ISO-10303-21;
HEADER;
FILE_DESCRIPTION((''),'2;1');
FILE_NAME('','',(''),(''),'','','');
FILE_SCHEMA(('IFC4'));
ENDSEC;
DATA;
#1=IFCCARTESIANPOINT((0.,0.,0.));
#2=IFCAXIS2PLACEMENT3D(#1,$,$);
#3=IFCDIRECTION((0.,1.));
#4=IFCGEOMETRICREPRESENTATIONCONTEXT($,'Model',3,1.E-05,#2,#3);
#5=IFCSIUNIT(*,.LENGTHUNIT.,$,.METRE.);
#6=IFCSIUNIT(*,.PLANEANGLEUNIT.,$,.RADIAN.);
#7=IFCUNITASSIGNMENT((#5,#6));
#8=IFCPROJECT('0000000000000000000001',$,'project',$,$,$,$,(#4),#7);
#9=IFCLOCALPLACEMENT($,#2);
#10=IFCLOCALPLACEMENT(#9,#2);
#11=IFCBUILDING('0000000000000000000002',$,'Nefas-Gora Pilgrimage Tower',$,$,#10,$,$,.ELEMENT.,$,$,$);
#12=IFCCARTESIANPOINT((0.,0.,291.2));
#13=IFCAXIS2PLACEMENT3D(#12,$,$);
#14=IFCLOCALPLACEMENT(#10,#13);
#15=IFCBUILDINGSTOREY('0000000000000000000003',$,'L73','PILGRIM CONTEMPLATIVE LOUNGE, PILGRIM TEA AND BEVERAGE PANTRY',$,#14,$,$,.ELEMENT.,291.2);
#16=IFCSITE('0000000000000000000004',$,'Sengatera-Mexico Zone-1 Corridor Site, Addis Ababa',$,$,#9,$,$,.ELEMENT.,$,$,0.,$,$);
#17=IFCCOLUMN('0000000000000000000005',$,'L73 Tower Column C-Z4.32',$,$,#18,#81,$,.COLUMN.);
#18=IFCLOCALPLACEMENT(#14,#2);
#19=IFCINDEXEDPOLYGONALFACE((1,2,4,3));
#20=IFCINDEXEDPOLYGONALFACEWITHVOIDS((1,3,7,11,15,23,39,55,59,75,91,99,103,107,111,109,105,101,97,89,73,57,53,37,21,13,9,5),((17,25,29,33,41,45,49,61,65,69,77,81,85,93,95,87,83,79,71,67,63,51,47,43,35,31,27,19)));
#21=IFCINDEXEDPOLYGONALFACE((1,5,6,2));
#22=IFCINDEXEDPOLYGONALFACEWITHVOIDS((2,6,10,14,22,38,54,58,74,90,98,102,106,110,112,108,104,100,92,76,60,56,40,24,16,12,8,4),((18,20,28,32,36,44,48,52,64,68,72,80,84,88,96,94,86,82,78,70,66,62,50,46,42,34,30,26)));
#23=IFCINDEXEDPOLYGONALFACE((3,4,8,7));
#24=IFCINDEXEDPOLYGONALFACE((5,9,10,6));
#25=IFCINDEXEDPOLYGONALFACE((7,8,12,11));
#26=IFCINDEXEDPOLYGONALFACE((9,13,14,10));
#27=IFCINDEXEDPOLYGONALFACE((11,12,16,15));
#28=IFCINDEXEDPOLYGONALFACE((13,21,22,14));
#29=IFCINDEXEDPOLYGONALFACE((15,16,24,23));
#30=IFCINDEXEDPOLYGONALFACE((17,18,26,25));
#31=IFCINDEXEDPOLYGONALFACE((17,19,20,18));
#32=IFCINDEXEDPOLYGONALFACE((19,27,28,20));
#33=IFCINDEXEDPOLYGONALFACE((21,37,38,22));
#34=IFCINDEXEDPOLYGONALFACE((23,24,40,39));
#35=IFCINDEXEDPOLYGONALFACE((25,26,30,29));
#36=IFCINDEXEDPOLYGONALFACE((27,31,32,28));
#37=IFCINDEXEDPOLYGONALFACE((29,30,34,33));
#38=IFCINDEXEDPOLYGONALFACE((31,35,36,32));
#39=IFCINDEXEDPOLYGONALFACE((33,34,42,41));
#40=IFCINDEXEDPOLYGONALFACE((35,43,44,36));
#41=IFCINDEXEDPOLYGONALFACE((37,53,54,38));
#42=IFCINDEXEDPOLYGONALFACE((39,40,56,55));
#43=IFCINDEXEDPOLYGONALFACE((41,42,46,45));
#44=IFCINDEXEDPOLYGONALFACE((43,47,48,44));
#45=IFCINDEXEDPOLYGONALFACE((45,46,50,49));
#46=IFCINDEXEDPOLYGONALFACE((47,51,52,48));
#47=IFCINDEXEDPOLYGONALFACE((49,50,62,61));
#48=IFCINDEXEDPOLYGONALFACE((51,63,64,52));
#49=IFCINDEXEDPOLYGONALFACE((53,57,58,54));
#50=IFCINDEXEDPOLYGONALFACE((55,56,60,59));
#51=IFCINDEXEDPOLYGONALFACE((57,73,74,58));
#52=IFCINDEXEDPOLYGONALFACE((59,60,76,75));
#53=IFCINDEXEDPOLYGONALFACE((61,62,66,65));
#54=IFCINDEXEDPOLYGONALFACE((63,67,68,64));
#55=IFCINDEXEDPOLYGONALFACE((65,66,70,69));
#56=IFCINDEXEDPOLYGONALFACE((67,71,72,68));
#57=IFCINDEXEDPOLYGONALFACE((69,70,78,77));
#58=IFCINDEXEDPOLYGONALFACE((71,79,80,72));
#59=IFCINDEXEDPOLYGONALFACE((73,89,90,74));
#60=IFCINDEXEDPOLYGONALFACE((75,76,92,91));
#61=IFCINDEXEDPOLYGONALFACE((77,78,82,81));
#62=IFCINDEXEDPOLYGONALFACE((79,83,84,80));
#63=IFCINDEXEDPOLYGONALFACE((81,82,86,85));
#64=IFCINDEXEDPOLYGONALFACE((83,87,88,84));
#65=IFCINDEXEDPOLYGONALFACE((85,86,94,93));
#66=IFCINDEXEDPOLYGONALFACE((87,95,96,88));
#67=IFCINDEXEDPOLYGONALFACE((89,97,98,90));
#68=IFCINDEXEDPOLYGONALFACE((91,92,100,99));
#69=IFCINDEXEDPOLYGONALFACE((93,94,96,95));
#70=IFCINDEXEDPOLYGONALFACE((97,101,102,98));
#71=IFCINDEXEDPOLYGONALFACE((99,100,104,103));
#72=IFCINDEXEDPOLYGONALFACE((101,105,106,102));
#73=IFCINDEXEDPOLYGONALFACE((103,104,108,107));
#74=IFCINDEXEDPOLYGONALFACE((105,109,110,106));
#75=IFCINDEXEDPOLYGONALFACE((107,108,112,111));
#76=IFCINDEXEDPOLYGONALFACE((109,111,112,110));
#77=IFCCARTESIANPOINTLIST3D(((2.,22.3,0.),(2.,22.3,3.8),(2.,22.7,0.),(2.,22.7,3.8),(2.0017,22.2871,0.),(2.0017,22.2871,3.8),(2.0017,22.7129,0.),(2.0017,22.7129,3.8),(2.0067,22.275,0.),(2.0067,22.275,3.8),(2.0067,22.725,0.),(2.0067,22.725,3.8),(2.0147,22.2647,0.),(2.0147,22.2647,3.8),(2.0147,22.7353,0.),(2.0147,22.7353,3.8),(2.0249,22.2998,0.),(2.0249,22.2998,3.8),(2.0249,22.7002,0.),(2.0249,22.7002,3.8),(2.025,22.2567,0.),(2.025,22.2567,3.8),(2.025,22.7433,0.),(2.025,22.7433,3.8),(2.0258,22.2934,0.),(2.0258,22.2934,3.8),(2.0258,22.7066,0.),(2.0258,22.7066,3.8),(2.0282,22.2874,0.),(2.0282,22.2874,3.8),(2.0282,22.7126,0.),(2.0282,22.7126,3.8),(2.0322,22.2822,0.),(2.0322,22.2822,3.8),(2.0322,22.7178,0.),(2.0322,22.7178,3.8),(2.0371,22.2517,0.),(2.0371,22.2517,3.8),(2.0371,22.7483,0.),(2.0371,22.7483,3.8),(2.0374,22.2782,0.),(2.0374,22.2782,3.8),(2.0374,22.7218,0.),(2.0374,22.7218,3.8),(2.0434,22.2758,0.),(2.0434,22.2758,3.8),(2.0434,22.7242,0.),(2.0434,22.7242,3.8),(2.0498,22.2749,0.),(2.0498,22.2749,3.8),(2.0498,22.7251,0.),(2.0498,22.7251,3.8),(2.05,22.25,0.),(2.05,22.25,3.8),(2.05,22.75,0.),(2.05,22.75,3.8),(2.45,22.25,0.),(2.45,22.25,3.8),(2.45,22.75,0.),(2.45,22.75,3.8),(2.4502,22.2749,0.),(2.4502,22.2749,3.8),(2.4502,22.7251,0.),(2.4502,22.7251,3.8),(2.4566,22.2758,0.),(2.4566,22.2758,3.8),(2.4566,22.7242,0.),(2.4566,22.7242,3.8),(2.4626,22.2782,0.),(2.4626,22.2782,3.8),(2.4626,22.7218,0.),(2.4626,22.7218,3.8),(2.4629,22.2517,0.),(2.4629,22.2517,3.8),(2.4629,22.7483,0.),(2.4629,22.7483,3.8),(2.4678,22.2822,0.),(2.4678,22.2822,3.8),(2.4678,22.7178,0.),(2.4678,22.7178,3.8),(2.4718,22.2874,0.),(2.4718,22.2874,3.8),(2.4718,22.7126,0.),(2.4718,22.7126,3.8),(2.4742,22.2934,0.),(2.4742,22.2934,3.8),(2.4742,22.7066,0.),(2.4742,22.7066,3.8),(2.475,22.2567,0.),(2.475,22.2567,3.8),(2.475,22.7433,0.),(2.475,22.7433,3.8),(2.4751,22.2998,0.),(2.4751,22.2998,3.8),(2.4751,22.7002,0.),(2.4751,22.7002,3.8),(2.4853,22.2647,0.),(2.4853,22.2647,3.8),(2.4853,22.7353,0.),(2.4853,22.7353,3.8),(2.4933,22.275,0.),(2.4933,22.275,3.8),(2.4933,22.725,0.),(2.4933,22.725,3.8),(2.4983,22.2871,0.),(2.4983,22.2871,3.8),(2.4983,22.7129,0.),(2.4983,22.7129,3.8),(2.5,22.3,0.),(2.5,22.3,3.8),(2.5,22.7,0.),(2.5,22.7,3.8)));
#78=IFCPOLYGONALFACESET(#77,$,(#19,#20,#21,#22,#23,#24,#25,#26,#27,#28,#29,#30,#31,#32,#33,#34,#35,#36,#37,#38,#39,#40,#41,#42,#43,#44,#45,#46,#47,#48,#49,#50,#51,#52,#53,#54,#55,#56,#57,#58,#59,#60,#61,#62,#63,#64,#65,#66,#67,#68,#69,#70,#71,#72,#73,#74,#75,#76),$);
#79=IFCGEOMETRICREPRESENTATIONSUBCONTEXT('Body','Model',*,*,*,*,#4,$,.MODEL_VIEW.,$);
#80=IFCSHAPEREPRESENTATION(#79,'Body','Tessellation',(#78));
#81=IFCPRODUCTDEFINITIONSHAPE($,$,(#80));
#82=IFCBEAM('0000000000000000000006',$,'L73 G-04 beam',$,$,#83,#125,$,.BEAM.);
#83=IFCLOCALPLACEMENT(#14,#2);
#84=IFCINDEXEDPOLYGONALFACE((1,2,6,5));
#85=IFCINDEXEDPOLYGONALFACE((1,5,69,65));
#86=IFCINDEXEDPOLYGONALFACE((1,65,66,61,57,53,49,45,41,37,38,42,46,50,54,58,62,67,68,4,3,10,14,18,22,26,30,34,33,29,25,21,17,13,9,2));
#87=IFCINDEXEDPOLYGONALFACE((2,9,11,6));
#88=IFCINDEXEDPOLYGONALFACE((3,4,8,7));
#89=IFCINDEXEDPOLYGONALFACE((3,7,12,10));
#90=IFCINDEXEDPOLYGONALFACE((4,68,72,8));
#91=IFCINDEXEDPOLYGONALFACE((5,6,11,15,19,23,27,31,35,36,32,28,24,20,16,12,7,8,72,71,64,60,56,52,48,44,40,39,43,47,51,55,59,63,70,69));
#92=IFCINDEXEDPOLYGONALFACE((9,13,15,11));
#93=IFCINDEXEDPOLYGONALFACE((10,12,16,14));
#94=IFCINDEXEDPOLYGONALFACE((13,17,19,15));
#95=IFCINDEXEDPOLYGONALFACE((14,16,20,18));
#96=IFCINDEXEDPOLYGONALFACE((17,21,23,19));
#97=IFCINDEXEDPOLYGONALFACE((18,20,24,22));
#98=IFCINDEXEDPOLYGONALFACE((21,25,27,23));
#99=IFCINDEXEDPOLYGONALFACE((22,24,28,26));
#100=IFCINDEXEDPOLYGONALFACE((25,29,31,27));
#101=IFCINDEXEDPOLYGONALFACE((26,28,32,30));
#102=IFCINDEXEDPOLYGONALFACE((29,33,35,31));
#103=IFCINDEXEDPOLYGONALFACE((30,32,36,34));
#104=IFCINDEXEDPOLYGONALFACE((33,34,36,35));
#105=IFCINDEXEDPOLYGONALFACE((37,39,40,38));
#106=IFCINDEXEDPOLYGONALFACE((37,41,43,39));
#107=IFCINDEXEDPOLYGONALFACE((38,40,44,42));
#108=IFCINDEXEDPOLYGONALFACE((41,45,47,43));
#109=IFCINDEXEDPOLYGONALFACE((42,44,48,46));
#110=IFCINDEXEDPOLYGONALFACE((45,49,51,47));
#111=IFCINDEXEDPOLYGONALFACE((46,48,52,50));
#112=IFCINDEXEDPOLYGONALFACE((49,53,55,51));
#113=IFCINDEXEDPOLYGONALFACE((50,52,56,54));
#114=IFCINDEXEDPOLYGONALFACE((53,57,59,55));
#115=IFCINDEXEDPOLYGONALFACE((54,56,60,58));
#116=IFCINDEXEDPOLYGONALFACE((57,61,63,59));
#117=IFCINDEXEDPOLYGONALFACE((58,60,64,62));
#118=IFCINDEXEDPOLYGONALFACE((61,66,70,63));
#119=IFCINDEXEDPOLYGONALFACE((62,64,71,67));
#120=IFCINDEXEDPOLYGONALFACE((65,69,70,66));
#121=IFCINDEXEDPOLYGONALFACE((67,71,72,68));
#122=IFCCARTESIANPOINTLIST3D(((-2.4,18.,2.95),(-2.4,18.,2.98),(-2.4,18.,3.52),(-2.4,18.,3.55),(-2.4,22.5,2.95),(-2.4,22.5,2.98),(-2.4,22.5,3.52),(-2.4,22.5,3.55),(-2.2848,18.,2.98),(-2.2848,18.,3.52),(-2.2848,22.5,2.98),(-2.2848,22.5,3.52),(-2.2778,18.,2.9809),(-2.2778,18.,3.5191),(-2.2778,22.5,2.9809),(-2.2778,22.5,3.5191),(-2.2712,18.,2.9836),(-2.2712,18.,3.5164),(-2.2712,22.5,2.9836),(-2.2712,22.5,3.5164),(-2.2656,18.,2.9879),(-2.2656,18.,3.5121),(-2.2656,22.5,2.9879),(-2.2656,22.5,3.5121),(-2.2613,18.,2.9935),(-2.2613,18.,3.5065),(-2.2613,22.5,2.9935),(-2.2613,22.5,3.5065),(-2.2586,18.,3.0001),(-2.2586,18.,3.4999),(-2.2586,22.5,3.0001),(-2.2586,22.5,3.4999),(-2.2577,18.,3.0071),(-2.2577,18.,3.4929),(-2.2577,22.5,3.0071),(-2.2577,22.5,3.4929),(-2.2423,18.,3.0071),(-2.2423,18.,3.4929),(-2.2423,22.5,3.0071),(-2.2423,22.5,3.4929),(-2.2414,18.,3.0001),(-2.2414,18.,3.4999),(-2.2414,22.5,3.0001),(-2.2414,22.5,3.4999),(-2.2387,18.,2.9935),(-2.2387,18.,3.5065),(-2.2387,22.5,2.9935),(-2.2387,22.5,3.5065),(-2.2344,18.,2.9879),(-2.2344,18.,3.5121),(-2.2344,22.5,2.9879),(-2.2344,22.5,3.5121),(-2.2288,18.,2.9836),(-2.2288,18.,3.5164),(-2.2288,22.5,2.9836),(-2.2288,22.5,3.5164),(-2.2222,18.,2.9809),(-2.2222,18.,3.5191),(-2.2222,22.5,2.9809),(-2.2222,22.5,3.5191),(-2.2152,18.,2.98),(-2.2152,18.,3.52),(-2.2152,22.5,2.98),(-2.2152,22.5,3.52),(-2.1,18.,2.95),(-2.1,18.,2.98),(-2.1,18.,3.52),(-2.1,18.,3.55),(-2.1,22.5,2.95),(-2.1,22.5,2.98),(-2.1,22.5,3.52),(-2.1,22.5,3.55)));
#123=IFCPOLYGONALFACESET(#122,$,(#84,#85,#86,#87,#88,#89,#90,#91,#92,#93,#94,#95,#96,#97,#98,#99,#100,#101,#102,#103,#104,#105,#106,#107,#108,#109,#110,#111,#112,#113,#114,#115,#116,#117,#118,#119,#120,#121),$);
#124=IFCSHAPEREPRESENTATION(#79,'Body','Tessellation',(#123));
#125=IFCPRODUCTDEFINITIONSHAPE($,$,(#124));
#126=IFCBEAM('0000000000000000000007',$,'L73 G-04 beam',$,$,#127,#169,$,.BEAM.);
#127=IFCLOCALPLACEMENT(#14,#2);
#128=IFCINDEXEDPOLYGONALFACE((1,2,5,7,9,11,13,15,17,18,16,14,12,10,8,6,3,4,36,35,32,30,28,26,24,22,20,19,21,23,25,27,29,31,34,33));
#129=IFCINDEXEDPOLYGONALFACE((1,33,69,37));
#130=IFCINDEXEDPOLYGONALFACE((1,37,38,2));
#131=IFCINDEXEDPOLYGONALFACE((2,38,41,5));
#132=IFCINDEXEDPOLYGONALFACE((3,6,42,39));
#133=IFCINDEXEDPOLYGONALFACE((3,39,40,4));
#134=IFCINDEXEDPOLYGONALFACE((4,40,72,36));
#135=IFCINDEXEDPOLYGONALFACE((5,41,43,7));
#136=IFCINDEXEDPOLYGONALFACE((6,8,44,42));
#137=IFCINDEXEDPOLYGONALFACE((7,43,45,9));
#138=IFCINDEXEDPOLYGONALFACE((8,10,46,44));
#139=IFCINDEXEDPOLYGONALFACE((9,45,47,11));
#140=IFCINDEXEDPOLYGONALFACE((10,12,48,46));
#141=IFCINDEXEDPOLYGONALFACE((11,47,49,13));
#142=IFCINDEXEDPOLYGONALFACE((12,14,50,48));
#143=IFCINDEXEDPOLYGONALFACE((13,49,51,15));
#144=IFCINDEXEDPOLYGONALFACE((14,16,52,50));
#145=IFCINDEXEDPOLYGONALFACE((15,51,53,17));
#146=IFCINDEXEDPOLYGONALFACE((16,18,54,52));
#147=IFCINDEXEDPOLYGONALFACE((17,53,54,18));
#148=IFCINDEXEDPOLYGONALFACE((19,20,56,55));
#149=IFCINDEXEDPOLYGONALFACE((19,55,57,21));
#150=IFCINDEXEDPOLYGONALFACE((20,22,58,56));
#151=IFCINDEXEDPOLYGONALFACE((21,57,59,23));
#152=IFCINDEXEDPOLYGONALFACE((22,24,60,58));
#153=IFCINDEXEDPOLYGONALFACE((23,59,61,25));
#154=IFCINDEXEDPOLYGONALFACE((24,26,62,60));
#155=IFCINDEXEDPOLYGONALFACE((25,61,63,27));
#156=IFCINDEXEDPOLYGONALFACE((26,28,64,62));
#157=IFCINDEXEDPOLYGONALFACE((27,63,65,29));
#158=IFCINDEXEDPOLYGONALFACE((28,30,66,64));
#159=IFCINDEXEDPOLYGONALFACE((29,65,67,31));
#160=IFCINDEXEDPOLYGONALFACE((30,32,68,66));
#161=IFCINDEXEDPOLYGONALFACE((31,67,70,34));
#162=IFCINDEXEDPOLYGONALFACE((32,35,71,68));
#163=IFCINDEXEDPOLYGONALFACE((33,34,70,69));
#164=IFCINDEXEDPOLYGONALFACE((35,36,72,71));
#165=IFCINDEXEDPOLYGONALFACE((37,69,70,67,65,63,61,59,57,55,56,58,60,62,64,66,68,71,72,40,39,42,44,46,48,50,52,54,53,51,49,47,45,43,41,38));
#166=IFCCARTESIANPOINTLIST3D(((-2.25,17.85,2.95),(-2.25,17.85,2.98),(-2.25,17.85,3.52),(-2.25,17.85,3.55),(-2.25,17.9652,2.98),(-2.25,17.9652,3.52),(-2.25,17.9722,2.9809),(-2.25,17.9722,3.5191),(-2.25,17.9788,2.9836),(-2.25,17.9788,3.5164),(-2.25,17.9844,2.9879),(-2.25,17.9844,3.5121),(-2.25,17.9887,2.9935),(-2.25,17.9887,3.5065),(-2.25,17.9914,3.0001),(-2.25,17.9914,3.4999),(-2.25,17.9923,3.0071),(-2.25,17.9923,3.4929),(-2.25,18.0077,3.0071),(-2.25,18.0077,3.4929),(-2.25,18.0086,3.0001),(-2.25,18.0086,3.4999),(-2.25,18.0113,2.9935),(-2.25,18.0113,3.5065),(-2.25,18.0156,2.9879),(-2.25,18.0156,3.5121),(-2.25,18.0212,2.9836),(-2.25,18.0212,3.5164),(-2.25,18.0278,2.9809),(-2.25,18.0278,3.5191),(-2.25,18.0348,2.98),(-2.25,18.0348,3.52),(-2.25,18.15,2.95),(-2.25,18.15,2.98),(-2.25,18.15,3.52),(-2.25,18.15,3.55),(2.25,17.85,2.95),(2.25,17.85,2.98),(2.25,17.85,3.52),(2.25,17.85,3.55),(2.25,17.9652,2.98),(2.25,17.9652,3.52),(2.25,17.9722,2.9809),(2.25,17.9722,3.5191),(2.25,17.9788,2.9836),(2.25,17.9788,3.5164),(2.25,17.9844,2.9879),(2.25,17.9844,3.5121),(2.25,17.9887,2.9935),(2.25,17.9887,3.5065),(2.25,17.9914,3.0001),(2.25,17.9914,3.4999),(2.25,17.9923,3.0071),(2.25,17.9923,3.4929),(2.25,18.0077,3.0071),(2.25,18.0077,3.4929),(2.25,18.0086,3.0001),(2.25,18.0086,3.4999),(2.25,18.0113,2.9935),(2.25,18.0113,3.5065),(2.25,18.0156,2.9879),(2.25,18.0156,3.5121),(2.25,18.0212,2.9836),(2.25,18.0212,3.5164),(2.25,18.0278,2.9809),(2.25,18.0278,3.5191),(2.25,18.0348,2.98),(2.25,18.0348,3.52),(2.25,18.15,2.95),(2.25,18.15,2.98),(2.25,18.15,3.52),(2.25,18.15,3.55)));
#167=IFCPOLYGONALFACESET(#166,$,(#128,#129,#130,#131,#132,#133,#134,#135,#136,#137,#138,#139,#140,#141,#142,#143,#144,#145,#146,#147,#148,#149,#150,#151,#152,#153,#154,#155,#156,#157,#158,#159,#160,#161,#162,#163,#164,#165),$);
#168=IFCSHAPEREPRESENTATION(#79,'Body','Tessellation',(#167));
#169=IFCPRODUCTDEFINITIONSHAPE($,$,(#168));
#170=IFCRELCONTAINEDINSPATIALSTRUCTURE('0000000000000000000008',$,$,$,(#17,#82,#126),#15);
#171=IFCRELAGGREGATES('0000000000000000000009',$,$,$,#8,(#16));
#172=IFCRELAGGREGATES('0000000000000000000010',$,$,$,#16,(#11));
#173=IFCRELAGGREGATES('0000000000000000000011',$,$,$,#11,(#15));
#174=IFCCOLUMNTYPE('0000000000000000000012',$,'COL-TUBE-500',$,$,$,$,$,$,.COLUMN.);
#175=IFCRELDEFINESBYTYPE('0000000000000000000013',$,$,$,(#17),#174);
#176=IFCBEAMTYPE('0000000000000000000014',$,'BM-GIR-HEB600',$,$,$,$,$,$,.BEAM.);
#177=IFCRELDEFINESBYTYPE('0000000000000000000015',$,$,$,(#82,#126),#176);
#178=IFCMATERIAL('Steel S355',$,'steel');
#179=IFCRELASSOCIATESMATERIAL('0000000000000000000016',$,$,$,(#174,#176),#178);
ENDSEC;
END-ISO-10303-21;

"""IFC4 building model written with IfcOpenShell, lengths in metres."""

from ifc_helpers import new_model, si_unit, direction, frame, origin, origin_2d, place, context, subcontext, project, spatial, hollow_rectangle, i_section, extrude, source, transform, mapped, material, material_profile, profile_set, type_object, element, save


model = new_model("IFC4")

# Units and contexts
model_context = context("Model", 3, precision=1e-05, world=origin(), true_north=direction((0.0, 1.0)))
body_context = subcontext(model_context, "Body", "Model", "MODEL_VIEW")
ifc_project = project(units=[si_unit("LENGTHUNIT", "METRE"), si_unit("PLANEANGLEUNIT", "RADIAN")], contexts=[model_context])

# Site, building, storey
site_placement = place(None, origin())
site = spatial("IfcSite", under=ifc_project, at=site_placement, Name="Sengatera-Mexico Zone-1 Corridor Site, Addis Ababa", CompositionType="ELEMENT", RefElevation=0.0)
building_placement = place(site_placement, origin())
building = spatial("IfcBuilding", under=site, at=building_placement, Name="Nefas-Gora Pilgrimage Tower", CompositionType="ELEMENT")
storey_placement = place(building_placement, frame((0.0, 0.0, 291.2)))
storey = spatial("IfcBuildingStorey", under=building, at=storey_placement, Name="L73", Description="PILGRIM CONTEMPLATIVE LOUNGE, PILGRIM TEA AND BEVERAGE PANTRY", CompositionType="ELEMENT", Elevation=291.2)

# Column
ifc_material_1 = material(Name="Steel S355", Category="steel")
ifc_material_profile_1 = material_profile(ifc_material_1, hollow_rectangle(XDim=0.5, YDim=0.5, WallThickness=0.0249, InnerFilletRadius=0.0249, OuterFilletRadius=0.05, at=origin_2d()), Name="SHS 500x500x25")
ifc_profile_set_1 = profile_set([ifc_material_profile_1], Name="Steel S355")
column_type_1 = type_object("IfcColumnType", Name="COL-TUBE-500", PredefinedType="COLUMN", material=ifc_profile_set_1)
shared_shape_1 = source(origin(), body_context, "Body", "SweptSolid", [
    extrude(hollow_rectangle(XDim=0.5, YDim=0.5, WallThickness=0.0249, InnerFilletRadius=0.0249, OuterFilletRadius=0.05, at=origin_2d()), origin(), (0.0, 0.0, 1.0), 3.8),
])
column_placement = place(storey_placement, frame((2.25, 22.5, 0.0), z_axis=(0.0, 0.0, 1.0), x_axis=(1.0, 0.0, 0.0)))
element("IfcColumn", 1, at=column_placement, inside=storey, type_object=column_type_1, Name="L73 Tower Column C-Z4.32", PredefinedType="COLUMN", context=body_context, shape_type="MappedRepresentation", body=[
    mapped(shared_shape_1, transform((0.0, 0.0, 0.0), x_axis=(1.0, 0.0, 0.0), y_axis=(0.0, 1.0, 0.0), z_axis=(0.0, 0.0, 1.0), scale=1.0)),
])

# Beams
ifc_material_profile_2 = material_profile(ifc_material_1, i_section(OverallWidth=0.3, OverallDepth=0.6001, WebThickness=0.0154, FlangeThickness=0.03, FilletRadius=0.0271, at=origin_2d()), Name="HEB 600")
ifc_profile_set_2 = profile_set([ifc_material_profile_2], Name="Steel S355")
beam_type = type_object("IfcBeamType", Name="BM-GIR-HEB600", PredefinedType="BEAM", material=ifc_profile_set_2)
shared_shape_2 = source(origin(), body_context, "Body", "SweptSolid", [
    extrude(i_section(OverallWidth=0.3, OverallDepth=0.6001, WebThickness=0.0154, FlangeThickness=0.03, FilletRadius=0.0271, at=origin_2d()), origin(), (0.0, 0.0, 1.0), 4.5),
])
for number, where, z_axis, x_axis, name in (
    (2, (-2.25, 18.0, 3.25), (0.0, 1.0, 0.0), (-1.0, 0.0, 0.0), "L73 G-04 beam"),
    (3, (-2.25, 18.0, 3.25), (1.0, 0.0, 0.0), (0.0, 1.0, 0.0), "L73 G-04 beam"),
):
    element("IfcBeam", number, at=place(storey_placement, frame(where, z_axis=z_axis, x_axis=x_axis)), inside=storey, type_object=beam_type, Name=name, PredefinedType="BEAM", context=body_context, shape_type="MappedRepresentation", body=[
        mapped(shared_shape_2, transform((0.0, 0.0, 0.0), x_axis=(1.0, 0.0, 0.0), y_axis=(0.0, 1.0, 0.0), z_axis=(0.0, 0.0, 1.0), scale=1.0)),
    ])

save(model, "model.ifc")
